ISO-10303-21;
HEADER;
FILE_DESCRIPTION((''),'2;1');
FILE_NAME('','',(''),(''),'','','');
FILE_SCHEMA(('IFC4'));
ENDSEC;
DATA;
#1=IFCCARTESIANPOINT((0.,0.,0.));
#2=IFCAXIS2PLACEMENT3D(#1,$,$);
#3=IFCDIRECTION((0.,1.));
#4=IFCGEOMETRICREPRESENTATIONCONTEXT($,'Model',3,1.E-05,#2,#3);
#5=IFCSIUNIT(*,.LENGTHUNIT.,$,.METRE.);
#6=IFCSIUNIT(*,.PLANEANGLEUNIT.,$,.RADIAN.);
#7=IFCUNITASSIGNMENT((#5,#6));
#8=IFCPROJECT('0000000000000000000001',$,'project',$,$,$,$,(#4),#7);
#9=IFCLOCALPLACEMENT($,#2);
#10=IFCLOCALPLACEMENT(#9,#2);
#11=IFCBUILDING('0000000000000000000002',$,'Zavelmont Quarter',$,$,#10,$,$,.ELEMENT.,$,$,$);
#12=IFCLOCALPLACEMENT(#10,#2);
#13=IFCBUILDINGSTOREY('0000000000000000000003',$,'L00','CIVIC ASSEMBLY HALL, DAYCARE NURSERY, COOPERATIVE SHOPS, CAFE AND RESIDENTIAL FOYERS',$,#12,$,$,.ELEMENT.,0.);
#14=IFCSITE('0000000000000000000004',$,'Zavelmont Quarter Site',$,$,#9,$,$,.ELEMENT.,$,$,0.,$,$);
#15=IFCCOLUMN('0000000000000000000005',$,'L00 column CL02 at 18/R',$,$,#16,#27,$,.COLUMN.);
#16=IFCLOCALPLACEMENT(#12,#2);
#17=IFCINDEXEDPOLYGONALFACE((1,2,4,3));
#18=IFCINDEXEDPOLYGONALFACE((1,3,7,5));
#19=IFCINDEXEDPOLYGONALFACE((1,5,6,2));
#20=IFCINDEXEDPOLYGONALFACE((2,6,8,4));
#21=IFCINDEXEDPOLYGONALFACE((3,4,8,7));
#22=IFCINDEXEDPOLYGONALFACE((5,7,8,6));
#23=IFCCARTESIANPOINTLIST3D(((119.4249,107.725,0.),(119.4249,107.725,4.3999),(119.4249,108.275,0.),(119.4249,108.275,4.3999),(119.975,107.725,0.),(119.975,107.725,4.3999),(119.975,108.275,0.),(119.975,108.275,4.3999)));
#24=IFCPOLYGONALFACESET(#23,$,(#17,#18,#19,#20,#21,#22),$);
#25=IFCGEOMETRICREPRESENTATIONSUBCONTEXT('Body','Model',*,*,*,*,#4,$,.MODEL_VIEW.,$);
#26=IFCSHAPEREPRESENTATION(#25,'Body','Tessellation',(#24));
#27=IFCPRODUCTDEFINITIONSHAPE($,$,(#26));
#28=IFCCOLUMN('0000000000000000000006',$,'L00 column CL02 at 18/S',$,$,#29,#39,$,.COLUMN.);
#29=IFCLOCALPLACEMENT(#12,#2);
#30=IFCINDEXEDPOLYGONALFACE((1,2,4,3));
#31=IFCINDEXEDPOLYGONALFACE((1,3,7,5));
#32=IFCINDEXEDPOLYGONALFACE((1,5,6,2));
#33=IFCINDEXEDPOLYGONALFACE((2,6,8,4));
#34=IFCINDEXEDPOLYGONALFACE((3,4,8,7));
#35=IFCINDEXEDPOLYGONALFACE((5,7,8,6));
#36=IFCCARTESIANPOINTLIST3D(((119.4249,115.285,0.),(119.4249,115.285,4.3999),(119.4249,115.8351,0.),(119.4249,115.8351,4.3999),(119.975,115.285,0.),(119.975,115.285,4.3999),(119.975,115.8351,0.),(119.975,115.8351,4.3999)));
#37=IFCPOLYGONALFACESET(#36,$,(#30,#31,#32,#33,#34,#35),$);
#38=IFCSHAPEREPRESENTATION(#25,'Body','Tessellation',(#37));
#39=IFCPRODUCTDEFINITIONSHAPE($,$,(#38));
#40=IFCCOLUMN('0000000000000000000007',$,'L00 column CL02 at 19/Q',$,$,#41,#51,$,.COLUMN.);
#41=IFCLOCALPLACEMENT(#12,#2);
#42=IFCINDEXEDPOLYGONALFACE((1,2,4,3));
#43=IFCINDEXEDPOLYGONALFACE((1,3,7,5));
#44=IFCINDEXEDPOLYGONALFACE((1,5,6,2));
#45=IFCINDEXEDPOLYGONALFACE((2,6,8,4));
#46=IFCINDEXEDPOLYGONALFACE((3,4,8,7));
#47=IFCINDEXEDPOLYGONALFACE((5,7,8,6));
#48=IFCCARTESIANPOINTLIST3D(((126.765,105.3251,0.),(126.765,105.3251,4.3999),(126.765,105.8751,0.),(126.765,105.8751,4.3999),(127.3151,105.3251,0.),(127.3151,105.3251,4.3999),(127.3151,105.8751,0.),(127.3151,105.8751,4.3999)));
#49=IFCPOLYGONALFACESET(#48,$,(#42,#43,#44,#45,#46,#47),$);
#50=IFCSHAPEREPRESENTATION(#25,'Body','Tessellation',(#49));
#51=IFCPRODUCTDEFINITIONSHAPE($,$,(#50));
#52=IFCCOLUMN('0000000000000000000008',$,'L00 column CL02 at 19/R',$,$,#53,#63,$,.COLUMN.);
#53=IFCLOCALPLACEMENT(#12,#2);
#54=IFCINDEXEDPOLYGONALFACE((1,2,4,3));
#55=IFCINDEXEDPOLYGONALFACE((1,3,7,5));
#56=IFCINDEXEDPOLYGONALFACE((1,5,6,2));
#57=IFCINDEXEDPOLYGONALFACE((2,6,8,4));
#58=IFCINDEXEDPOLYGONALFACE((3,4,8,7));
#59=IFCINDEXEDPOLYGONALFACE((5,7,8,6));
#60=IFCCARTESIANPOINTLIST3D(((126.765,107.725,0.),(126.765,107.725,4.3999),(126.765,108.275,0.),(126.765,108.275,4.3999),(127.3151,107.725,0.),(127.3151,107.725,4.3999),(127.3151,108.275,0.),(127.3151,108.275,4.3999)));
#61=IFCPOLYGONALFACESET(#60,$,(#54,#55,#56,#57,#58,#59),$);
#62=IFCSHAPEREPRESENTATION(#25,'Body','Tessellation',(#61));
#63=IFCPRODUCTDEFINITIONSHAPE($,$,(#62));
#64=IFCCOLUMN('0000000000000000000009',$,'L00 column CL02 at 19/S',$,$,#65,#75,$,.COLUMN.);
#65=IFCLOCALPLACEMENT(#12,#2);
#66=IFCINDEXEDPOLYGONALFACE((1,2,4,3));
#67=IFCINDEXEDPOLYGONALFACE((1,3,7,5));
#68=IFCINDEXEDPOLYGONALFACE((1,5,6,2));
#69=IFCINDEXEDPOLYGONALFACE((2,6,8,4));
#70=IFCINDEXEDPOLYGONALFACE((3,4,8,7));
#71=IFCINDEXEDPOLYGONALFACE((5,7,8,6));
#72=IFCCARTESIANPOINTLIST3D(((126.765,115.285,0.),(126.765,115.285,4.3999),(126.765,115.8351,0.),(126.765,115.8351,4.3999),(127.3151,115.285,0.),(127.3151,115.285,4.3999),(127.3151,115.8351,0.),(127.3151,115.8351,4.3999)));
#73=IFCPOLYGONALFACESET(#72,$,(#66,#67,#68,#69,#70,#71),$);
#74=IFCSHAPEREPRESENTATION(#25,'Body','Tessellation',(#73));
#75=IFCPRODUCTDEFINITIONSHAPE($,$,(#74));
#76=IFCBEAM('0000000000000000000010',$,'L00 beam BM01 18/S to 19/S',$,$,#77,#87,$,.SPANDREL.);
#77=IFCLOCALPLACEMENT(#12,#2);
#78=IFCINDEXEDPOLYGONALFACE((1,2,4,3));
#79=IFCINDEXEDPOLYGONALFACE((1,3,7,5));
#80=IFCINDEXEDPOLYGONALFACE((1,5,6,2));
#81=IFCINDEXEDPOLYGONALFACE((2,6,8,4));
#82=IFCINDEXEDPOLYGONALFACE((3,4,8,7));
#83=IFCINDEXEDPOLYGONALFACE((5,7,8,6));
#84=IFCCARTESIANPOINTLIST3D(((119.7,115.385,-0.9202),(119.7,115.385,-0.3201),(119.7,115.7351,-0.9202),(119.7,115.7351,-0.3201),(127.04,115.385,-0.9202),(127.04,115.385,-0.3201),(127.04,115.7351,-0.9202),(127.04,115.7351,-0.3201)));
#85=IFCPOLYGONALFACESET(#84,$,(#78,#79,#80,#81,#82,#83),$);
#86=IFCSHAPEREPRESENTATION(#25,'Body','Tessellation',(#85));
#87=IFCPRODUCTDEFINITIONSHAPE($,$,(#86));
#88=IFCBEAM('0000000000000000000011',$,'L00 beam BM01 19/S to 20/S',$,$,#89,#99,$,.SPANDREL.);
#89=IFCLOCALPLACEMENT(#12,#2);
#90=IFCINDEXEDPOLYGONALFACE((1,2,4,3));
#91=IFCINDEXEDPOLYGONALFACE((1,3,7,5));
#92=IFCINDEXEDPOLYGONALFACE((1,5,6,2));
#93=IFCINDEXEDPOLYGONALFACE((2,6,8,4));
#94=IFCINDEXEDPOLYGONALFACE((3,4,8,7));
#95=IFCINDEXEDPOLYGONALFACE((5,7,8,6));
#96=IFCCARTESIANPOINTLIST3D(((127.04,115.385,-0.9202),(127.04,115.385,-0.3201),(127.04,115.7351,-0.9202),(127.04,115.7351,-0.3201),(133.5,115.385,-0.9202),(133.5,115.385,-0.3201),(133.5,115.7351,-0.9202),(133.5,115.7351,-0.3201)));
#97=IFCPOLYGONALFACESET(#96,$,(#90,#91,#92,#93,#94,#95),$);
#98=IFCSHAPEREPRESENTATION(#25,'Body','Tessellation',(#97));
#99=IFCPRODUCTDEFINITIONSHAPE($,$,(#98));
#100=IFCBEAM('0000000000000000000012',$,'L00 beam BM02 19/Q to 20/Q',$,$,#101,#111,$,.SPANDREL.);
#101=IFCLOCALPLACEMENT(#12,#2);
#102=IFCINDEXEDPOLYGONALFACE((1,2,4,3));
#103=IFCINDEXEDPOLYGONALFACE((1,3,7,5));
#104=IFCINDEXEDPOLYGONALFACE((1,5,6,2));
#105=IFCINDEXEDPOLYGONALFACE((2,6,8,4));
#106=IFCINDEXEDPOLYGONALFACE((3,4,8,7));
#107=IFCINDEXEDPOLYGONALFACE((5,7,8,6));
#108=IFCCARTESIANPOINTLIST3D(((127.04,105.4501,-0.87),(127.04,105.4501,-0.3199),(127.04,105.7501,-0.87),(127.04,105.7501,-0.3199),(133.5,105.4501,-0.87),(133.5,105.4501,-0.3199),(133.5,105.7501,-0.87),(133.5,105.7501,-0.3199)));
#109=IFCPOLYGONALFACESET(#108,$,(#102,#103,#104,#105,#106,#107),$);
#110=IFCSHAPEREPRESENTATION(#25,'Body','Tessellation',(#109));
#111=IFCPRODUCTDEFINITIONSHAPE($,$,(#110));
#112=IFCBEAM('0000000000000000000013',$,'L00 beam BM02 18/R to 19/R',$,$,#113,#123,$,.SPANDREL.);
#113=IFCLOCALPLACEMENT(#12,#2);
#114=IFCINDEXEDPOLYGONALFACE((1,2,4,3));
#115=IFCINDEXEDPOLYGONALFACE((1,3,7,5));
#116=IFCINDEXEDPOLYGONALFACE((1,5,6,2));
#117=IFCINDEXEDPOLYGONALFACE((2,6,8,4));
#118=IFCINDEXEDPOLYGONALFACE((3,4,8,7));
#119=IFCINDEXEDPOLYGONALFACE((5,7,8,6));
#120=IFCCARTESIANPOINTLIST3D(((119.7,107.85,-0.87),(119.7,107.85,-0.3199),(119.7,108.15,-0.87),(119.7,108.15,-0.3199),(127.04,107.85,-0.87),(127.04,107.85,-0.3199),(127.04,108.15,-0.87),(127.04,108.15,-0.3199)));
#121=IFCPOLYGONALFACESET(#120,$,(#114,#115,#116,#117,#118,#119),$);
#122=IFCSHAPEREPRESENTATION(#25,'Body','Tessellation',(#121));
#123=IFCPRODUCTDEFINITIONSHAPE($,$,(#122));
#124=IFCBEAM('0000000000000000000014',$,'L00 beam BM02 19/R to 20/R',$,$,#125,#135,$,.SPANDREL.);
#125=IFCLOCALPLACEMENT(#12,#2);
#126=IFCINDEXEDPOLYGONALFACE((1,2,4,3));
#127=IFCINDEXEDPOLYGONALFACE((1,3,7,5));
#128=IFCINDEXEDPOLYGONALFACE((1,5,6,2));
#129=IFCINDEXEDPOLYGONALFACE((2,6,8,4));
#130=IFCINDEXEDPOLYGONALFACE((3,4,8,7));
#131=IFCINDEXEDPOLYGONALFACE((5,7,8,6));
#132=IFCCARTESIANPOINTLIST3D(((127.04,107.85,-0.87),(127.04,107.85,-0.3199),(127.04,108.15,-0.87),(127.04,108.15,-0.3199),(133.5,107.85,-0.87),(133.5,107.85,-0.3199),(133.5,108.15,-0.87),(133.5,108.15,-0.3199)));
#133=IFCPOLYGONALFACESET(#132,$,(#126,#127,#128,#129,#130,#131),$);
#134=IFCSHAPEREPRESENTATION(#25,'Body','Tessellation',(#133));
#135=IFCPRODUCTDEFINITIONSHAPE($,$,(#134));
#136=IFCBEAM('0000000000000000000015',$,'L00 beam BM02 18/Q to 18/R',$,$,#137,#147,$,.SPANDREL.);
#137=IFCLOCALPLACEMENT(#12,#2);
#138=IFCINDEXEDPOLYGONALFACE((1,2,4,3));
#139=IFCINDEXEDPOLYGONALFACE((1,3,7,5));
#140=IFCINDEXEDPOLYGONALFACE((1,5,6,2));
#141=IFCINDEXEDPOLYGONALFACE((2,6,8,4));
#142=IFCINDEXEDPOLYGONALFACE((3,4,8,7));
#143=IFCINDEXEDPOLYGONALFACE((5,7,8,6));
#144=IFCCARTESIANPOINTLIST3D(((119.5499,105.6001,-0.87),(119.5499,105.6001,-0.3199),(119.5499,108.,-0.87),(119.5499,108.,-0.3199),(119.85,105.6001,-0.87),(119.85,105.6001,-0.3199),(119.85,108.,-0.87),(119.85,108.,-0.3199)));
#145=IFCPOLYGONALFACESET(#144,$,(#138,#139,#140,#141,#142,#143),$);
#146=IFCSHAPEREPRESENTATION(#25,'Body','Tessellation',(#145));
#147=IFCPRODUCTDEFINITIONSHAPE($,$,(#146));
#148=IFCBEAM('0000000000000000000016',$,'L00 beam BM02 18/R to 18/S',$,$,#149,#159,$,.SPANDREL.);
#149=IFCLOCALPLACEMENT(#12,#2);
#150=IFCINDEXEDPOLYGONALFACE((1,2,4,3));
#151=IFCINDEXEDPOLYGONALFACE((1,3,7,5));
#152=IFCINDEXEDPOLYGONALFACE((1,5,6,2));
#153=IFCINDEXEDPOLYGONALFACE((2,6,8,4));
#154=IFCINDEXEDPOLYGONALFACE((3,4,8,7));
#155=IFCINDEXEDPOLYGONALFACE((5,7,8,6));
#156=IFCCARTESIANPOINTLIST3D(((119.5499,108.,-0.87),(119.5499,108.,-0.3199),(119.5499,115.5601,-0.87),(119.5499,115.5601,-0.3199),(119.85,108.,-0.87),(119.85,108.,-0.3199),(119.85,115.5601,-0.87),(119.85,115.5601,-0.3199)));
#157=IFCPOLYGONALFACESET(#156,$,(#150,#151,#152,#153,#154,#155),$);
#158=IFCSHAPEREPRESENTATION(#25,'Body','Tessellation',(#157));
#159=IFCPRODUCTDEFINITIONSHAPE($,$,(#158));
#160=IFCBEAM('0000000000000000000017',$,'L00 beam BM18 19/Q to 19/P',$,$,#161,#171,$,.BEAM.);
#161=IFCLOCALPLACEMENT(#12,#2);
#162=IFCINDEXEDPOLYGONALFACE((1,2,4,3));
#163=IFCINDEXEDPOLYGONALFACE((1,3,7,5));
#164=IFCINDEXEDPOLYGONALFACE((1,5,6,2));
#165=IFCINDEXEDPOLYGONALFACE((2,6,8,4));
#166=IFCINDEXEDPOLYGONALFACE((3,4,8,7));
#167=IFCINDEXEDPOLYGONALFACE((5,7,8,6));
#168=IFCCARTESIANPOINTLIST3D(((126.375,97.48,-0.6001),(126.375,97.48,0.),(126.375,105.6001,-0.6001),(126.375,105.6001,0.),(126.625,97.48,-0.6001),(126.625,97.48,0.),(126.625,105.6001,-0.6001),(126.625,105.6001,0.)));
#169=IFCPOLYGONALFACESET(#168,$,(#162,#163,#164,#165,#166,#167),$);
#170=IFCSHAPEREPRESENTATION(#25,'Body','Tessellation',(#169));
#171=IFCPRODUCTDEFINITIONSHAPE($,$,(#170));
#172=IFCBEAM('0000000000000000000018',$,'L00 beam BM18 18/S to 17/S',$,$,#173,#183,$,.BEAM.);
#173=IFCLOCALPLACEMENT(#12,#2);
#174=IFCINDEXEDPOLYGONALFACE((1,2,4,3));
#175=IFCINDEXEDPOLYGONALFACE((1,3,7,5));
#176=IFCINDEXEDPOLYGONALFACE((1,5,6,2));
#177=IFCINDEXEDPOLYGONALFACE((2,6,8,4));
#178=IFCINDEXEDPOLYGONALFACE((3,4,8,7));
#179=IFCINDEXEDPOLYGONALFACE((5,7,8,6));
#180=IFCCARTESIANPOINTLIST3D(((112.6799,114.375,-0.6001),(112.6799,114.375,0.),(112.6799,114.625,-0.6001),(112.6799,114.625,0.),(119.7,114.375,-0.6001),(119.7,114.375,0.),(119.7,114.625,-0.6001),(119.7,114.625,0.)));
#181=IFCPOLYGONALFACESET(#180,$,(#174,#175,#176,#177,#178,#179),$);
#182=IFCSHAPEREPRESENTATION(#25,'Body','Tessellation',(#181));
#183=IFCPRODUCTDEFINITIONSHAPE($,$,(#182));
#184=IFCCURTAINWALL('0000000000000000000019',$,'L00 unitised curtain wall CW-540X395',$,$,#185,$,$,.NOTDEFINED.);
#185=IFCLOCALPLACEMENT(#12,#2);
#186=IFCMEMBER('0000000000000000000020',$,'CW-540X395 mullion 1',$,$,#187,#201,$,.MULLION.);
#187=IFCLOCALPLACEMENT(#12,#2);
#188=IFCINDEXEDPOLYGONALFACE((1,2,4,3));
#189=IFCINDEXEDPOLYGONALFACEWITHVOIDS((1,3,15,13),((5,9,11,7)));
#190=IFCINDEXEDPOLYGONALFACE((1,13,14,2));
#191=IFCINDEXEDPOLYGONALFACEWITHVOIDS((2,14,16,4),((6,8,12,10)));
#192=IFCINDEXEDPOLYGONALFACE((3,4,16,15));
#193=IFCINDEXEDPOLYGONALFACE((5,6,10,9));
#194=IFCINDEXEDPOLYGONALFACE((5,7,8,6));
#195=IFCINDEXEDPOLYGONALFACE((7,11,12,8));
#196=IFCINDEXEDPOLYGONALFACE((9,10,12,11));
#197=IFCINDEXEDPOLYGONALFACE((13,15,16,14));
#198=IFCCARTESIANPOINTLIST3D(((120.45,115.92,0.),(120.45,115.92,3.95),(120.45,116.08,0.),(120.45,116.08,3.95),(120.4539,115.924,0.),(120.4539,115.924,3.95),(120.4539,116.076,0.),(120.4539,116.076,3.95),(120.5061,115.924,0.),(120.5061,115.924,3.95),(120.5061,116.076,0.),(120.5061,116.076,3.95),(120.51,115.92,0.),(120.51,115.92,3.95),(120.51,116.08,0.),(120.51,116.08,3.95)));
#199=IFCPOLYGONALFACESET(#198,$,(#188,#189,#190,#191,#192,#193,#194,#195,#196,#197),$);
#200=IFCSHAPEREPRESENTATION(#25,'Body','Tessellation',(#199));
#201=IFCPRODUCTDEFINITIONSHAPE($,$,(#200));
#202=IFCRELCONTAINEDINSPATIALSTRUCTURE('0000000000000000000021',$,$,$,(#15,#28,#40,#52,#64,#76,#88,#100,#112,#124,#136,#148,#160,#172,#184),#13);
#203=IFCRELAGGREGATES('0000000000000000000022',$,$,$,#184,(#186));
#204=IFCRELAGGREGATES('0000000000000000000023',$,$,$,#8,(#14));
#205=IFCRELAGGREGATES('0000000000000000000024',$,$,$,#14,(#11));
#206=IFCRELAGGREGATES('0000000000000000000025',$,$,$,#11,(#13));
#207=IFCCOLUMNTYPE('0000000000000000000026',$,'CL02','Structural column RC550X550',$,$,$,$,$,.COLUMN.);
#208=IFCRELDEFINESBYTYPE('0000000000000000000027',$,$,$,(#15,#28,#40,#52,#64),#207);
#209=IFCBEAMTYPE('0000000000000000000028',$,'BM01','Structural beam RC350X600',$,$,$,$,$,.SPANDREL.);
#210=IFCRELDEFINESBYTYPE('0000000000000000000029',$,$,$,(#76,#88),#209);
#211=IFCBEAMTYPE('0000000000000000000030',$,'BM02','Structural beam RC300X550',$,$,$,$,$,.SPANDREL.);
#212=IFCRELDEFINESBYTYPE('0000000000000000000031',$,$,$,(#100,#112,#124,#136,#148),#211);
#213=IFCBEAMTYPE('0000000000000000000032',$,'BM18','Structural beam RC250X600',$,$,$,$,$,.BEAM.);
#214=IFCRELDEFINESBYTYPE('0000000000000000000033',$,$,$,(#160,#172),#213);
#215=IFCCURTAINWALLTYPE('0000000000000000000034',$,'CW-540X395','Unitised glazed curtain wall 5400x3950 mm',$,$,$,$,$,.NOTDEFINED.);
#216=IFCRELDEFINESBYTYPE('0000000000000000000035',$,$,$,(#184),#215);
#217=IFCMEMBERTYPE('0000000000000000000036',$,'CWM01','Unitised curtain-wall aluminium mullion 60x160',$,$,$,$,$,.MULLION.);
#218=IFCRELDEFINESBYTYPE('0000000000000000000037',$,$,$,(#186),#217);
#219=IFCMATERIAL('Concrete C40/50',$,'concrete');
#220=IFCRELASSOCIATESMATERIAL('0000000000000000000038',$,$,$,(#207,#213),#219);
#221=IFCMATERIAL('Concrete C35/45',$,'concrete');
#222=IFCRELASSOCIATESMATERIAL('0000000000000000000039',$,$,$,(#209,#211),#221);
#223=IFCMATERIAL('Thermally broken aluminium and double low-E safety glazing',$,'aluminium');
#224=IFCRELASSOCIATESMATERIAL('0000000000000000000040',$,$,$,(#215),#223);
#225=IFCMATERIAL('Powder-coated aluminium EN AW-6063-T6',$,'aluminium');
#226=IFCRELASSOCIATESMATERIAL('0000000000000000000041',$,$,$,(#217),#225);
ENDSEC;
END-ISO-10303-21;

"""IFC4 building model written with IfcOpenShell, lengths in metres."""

from ifc_helpers import new_model, si_unit, direction, frame, origin, origin_2d, place, context, subcontext, project, spatial, rectangle, hollow_rectangle, extrude, material, material_profile, profile_set, type_object, element, aggregate, save


model = new_model("IFC4")

# Units and contexts
model_context = context("Model", 3, precision=1e-05, world=origin(), true_north=direction((0.0, 1.0)))
body_context = subcontext(model_context, "Body", "Model", "MODEL_VIEW")
ifc_project = project(units=[si_unit("LENGTHUNIT", "METRE"), si_unit("PLANEANGLEUNIT", "RADIAN")], contexts=[model_context])

# Site, building, storey
site_placement = place(None, origin())
site = spatial("IfcSite", under=ifc_project, at=site_placement, Name="Zavelmont Quarter Site", CompositionType="ELEMENT", RefElevation=0.0)
building_placement = place(site_placement, origin())
building = spatial("IfcBuilding", under=site, at=building_placement, Name="Zavelmont Quarter", CompositionType="ELEMENT")
storey_placement = place(building_placement, origin())
storey = spatial("IfcBuildingStorey", under=building, at=storey_placement, Name="L00", Description="CIVIC ASSEMBLY HALL, DAYCARE NURSERY, COOPERATIVE SHOPS, CAFE AND RESIDENTIAL FOYERS", CompositionType="ELEMENT", Elevation=0.0)

# Columns
ifc_material_1 = material(Name="Concrete C40/50", Category="concrete")
ifc_material_profile_1 = material_profile(ifc_material_1, rectangle(XDim=0.55, YDim=0.55, at=origin_2d()), Name="RC550X550")
ifc_profile_set_1 = profile_set([ifc_material_profile_1], Name="Concrete C40/50")
column_type = type_object("IfcColumnType", Name="CL02", Description="Structural column RC550X550", PredefinedType="COLUMN", material=ifc_profile_set_1)
for number, where, z_axis, x_axis, name in (
    (1, (119.7, 108.0, 0.0), (0.0, 0.0, 1.0), (1.0, 0.0, 0.0), "L00 column CL02 at 18/R"),
    (2, (119.7, 115.5601, 0.0), (0.0, 0.0, 1.0), (1.0, 0.0, 0.0), "L00 column CL02 at 18/S"),
    (3, (127.04, 105.6001, 0.0), (0.0, 0.0, 1.0), (1.0, 0.0, 0.0), "L00 column CL02 at 19/Q"),
    (4, (127.04, 108.0, 0.0), (0.0, 0.0, 1.0), (1.0, 0.0, 0.0), "L00 column CL02 at 19/R"),
    (5, (127.04, 115.5601, 0.0), (0.0, 0.0, 1.0), (1.0, 0.0, 0.0), "L00 column CL02 at 19/S"),
):
    element("IfcColumn", number, at=place(storey_placement, frame(where, z_axis=z_axis, x_axis=x_axis)), inside=storey, type_object=column_type, Name=name, PredefinedType="COLUMN", context=body_context, shape_type="SweptSolid", body=[
        extrude(rectangle(XDim=0.55, YDim=0.55, at=origin_2d()), origin(), (0.0, 0.0, 1.0), 4.3999),
    ])

# Beams
ifc_material_2 = material(Name="Concrete C35/45", Category="concrete")
ifc_material_profile_2 = material_profile(ifc_material_2, rectangle(XDim=0.3501, YDim=0.6001, at=origin_2d()), Name="RC350X600")
ifc_profile_set_2 = profile_set([ifc_material_profile_2], Name="Concrete C35/45")
beam_type_1 = type_object("IfcBeamType", Name="BM01", Description="Structural beam RC350X600", PredefinedType="SPANDREL", material=ifc_profile_set_2)
beam_1_placement = place(storey_placement, frame((119.7, 115.5601, -0.6201), z_axis=(1.0, 0.0, 0.0), x_axis=(0.0, 1.0, 0.0)))
element("IfcBeam", 6, at=beam_1_placement, inside=storey, type_object=beam_type_1, Name="L00 beam BM01 18/S to 19/S", PredefinedType="SPANDREL", context=body_context, shape_type="SweptSolid", body=[
    extrude(rectangle(XDim=0.3501, YDim=0.6001, at=origin_2d()), origin(), (0.0, 0.0, 1.0), 7.3401),
])
beam_2_placement = place(storey_placement, frame((127.04, 115.5601, -0.6201), z_axis=(1.0, 0.0, 0.0), x_axis=(0.0, 1.0, 0.0)))
element("IfcBeam", 7, at=beam_2_placement, inside=storey, type_object=beam_type_1, Name="L00 beam BM01 19/S to 20/S", PredefinedType="SPANDREL", context=body_context, shape_type="SweptSolid", body=[
    extrude(rectangle(XDim=0.3501, YDim=0.6001, at=origin_2d()), origin(), (0.0, 0.0, 1.0), 6.46),
])
ifc_material_profile_3 = material_profile(ifc_material_2, rectangle(XDim=0.3, YDim=0.55, at=origin_2d()), Name="RC300X550")
ifc_profile_set_3 = profile_set([ifc_material_profile_3], Name="Concrete C35/45")
beam_type_2 = type_object("IfcBeamType", Name="BM02", Description="Structural beam RC300X550", PredefinedType="SPANDREL", material=ifc_profile_set_3)
beam_3_placement = place(storey_placement, frame((127.04, 105.6001, -0.595), z_axis=(1.0, 0.0, 0.0), x_axis=(0.0, 1.0, 0.0)))
element("IfcBeam", 8, at=beam_3_placement, inside=storey, type_object=beam_type_2, Name="L00 beam BM02 19/Q to 20/Q", PredefinedType="SPANDREL", context=body_context, shape_type="SweptSolid", body=[
    extrude(rectangle(XDim=0.3, YDim=0.55, at=origin_2d()), origin(), (0.0, 0.0, 1.0), 6.46),
])
beam_4_placement = place(storey_placement, frame((119.7, 108.0, -0.595), z_axis=(1.0, 0.0, 0.0), x_axis=(0.0, 1.0, 0.0)))
element("IfcBeam", 9, at=beam_4_placement, inside=storey, type_object=beam_type_2, Name="L00 beam BM02 18/R to 19/R", PredefinedType="SPANDREL", context=body_context, shape_type="SweptSolid", body=[
    extrude(rectangle(XDim=0.3, YDim=0.55, at=origin_2d()), origin(), (0.0, 0.0, 1.0), 7.3401),
])
beam_5_placement = place(storey_placement, frame((127.04, 108.0, -0.595), z_axis=(1.0, 0.0, 0.0), x_axis=(0.0, 1.0, 0.0)))
element("IfcBeam", 10, at=beam_5_placement, inside=storey, type_object=beam_type_2, Name="L00 beam BM02 19/R to 20/R", PredefinedType="SPANDREL", context=body_context, shape_type="SweptSolid", body=[
    extrude(rectangle(XDim=0.3, YDim=0.55, at=origin_2d()), origin(), (0.0, 0.0, 1.0), 6.46),
])
beam_6_placement = place(storey_placement, frame((119.7, 105.6001, -0.595), z_axis=(0.0, 1.0, 0.0), x_axis=(-1.0, 0.0, 0.0)))
element("IfcBeam", 11, at=beam_6_placement, inside=storey, type_object=beam_type_2, Name="L00 beam BM02 18/Q to 18/R", PredefinedType="SPANDREL", context=body_context, shape_type="SweptSolid", body=[
    extrude(rectangle(XDim=0.3, YDim=0.55, at=origin_2d()), origin(), (0.0, 0.0, 1.0), 2.3999),
])
beam_7_placement = place(storey_placement, frame((119.7, 108.0, -0.595), z_axis=(0.0, 1.0, 0.0), x_axis=(-1.0, 0.0, 0.0)))
element("IfcBeam", 12, at=beam_7_placement, inside=storey, type_object=beam_type_2, Name="L00 beam BM02 18/R to 18/S", PredefinedType="SPANDREL", context=body_context, shape_type="SweptSolid", body=[
    extrude(rectangle(XDim=0.3, YDim=0.55, at=origin_2d()), origin(), (0.0, 0.0, 1.0), 7.5601),
])
ifc_material_profile_4 = material_profile(ifc_material_1, rectangle(XDim=0.25, YDim=0.6001, at=origin_2d()), Name="RC250X600")
ifc_profile_set_4 = profile_set([ifc_material_profile_4], Name="Concrete C40/50")
beam_type_3 = type_object("IfcBeamType", Name="BM18", Description="Structural beam RC250X600", PredefinedType="BEAM", material=ifc_profile_set_4)
beam_8_placement = place(storey_placement, frame((126.5, 105.6001, -0.3), z_axis=(0.0, -1.0, 0.0), x_axis=(1.0, 0.0, 0.0)))
element("IfcBeam", 13, at=beam_8_placement, inside=storey, type_object=beam_type_3, Name="L00 beam BM18 19/Q to 19/P", PredefinedType="BEAM", context=body_context, shape_type="SweptSolid", body=[
    extrude(rectangle(XDim=0.25, YDim=0.6001, at=origin_2d()), origin(), (0.0, 0.0, 1.0), 8.1201),
])
beam_9_placement = place(storey_placement, frame((119.7, 114.5, -0.3), z_axis=(-1.0, 0.0, 0.0), x_axis=(0.0, -1.0, 0.0)))
element("IfcBeam", 14, at=beam_9_placement, inside=storey, type_object=beam_type_3, Name="L00 beam BM18 18/S to 17/S", PredefinedType="BEAM", context=body_context, shape_type="SweptSolid", body=[
    extrude(rectangle(XDim=0.25, YDim=0.6001, at=origin_2d()), origin(), (0.0, 0.0, 1.0), 7.02),
])

# Curtain wall, member
ifc_material_3 = material(Name="Thermally broken aluminium and double low-E safety glazing", Category="aluminium")
curtain_wall_type = type_object("IfcCurtainWallType", Name="CW-540X395", Description="Unitised glazed curtain wall 5400x3950 mm", PredefinedType="NOTDEFINED", material=ifc_material_3)
curtain_wall_placement = place(storey_placement, origin())
curtain_wall = element("IfcCurtainWall", 15, at=curtain_wall_placement, inside=storey, type_object=curtain_wall_type, Name="L00 unitised curtain wall CW-540X395", PredefinedType="NOTDEFINED")
ifc_material_4 = material(Name="Powder-coated aluminium EN AW-6063-T6", Category="aluminium")
ifc_material_profile_5 = material_profile(ifc_material_4, hollow_rectangle(XDim=0.0601, YDim=0.1599, WallThickness=0.0039, at=origin_2d()), Name="CWM60X160")
ifc_profile_set_5 = profile_set([ifc_material_profile_5], Name="Powder-coated aluminium EN AW-6063-T6")
member_type_1 = type_object("IfcMemberType", Name="CWM01", Description="Unitised curtain-wall aluminium mullion 60x160", PredefinedType="MULLION", material=ifc_profile_set_5)
member_1_placement = place(storey_placement, frame((120.48, 116.0, 0.0), z_axis=(0.0, 0.0, 1.0), x_axis=(1.0, 0.0, 0.0)))
member_1 = element("IfcMember", 16, at=member_1_placement, type_object=member_type_1, Name="CW-540X395 mullion 1", PredefinedType="MULLION", context=body_context, shape_type="SweptSolid", body=[
    extrude(hollow_rectangle(XDim=0.0601, YDim=0.1599, WallThickness=0.0039, at=origin_2d()), origin(), (0.0, 0.0, 1.0), 3.95),
])
aggregate(curtain_wall, [member_1])

save(model, "model.ifc")
